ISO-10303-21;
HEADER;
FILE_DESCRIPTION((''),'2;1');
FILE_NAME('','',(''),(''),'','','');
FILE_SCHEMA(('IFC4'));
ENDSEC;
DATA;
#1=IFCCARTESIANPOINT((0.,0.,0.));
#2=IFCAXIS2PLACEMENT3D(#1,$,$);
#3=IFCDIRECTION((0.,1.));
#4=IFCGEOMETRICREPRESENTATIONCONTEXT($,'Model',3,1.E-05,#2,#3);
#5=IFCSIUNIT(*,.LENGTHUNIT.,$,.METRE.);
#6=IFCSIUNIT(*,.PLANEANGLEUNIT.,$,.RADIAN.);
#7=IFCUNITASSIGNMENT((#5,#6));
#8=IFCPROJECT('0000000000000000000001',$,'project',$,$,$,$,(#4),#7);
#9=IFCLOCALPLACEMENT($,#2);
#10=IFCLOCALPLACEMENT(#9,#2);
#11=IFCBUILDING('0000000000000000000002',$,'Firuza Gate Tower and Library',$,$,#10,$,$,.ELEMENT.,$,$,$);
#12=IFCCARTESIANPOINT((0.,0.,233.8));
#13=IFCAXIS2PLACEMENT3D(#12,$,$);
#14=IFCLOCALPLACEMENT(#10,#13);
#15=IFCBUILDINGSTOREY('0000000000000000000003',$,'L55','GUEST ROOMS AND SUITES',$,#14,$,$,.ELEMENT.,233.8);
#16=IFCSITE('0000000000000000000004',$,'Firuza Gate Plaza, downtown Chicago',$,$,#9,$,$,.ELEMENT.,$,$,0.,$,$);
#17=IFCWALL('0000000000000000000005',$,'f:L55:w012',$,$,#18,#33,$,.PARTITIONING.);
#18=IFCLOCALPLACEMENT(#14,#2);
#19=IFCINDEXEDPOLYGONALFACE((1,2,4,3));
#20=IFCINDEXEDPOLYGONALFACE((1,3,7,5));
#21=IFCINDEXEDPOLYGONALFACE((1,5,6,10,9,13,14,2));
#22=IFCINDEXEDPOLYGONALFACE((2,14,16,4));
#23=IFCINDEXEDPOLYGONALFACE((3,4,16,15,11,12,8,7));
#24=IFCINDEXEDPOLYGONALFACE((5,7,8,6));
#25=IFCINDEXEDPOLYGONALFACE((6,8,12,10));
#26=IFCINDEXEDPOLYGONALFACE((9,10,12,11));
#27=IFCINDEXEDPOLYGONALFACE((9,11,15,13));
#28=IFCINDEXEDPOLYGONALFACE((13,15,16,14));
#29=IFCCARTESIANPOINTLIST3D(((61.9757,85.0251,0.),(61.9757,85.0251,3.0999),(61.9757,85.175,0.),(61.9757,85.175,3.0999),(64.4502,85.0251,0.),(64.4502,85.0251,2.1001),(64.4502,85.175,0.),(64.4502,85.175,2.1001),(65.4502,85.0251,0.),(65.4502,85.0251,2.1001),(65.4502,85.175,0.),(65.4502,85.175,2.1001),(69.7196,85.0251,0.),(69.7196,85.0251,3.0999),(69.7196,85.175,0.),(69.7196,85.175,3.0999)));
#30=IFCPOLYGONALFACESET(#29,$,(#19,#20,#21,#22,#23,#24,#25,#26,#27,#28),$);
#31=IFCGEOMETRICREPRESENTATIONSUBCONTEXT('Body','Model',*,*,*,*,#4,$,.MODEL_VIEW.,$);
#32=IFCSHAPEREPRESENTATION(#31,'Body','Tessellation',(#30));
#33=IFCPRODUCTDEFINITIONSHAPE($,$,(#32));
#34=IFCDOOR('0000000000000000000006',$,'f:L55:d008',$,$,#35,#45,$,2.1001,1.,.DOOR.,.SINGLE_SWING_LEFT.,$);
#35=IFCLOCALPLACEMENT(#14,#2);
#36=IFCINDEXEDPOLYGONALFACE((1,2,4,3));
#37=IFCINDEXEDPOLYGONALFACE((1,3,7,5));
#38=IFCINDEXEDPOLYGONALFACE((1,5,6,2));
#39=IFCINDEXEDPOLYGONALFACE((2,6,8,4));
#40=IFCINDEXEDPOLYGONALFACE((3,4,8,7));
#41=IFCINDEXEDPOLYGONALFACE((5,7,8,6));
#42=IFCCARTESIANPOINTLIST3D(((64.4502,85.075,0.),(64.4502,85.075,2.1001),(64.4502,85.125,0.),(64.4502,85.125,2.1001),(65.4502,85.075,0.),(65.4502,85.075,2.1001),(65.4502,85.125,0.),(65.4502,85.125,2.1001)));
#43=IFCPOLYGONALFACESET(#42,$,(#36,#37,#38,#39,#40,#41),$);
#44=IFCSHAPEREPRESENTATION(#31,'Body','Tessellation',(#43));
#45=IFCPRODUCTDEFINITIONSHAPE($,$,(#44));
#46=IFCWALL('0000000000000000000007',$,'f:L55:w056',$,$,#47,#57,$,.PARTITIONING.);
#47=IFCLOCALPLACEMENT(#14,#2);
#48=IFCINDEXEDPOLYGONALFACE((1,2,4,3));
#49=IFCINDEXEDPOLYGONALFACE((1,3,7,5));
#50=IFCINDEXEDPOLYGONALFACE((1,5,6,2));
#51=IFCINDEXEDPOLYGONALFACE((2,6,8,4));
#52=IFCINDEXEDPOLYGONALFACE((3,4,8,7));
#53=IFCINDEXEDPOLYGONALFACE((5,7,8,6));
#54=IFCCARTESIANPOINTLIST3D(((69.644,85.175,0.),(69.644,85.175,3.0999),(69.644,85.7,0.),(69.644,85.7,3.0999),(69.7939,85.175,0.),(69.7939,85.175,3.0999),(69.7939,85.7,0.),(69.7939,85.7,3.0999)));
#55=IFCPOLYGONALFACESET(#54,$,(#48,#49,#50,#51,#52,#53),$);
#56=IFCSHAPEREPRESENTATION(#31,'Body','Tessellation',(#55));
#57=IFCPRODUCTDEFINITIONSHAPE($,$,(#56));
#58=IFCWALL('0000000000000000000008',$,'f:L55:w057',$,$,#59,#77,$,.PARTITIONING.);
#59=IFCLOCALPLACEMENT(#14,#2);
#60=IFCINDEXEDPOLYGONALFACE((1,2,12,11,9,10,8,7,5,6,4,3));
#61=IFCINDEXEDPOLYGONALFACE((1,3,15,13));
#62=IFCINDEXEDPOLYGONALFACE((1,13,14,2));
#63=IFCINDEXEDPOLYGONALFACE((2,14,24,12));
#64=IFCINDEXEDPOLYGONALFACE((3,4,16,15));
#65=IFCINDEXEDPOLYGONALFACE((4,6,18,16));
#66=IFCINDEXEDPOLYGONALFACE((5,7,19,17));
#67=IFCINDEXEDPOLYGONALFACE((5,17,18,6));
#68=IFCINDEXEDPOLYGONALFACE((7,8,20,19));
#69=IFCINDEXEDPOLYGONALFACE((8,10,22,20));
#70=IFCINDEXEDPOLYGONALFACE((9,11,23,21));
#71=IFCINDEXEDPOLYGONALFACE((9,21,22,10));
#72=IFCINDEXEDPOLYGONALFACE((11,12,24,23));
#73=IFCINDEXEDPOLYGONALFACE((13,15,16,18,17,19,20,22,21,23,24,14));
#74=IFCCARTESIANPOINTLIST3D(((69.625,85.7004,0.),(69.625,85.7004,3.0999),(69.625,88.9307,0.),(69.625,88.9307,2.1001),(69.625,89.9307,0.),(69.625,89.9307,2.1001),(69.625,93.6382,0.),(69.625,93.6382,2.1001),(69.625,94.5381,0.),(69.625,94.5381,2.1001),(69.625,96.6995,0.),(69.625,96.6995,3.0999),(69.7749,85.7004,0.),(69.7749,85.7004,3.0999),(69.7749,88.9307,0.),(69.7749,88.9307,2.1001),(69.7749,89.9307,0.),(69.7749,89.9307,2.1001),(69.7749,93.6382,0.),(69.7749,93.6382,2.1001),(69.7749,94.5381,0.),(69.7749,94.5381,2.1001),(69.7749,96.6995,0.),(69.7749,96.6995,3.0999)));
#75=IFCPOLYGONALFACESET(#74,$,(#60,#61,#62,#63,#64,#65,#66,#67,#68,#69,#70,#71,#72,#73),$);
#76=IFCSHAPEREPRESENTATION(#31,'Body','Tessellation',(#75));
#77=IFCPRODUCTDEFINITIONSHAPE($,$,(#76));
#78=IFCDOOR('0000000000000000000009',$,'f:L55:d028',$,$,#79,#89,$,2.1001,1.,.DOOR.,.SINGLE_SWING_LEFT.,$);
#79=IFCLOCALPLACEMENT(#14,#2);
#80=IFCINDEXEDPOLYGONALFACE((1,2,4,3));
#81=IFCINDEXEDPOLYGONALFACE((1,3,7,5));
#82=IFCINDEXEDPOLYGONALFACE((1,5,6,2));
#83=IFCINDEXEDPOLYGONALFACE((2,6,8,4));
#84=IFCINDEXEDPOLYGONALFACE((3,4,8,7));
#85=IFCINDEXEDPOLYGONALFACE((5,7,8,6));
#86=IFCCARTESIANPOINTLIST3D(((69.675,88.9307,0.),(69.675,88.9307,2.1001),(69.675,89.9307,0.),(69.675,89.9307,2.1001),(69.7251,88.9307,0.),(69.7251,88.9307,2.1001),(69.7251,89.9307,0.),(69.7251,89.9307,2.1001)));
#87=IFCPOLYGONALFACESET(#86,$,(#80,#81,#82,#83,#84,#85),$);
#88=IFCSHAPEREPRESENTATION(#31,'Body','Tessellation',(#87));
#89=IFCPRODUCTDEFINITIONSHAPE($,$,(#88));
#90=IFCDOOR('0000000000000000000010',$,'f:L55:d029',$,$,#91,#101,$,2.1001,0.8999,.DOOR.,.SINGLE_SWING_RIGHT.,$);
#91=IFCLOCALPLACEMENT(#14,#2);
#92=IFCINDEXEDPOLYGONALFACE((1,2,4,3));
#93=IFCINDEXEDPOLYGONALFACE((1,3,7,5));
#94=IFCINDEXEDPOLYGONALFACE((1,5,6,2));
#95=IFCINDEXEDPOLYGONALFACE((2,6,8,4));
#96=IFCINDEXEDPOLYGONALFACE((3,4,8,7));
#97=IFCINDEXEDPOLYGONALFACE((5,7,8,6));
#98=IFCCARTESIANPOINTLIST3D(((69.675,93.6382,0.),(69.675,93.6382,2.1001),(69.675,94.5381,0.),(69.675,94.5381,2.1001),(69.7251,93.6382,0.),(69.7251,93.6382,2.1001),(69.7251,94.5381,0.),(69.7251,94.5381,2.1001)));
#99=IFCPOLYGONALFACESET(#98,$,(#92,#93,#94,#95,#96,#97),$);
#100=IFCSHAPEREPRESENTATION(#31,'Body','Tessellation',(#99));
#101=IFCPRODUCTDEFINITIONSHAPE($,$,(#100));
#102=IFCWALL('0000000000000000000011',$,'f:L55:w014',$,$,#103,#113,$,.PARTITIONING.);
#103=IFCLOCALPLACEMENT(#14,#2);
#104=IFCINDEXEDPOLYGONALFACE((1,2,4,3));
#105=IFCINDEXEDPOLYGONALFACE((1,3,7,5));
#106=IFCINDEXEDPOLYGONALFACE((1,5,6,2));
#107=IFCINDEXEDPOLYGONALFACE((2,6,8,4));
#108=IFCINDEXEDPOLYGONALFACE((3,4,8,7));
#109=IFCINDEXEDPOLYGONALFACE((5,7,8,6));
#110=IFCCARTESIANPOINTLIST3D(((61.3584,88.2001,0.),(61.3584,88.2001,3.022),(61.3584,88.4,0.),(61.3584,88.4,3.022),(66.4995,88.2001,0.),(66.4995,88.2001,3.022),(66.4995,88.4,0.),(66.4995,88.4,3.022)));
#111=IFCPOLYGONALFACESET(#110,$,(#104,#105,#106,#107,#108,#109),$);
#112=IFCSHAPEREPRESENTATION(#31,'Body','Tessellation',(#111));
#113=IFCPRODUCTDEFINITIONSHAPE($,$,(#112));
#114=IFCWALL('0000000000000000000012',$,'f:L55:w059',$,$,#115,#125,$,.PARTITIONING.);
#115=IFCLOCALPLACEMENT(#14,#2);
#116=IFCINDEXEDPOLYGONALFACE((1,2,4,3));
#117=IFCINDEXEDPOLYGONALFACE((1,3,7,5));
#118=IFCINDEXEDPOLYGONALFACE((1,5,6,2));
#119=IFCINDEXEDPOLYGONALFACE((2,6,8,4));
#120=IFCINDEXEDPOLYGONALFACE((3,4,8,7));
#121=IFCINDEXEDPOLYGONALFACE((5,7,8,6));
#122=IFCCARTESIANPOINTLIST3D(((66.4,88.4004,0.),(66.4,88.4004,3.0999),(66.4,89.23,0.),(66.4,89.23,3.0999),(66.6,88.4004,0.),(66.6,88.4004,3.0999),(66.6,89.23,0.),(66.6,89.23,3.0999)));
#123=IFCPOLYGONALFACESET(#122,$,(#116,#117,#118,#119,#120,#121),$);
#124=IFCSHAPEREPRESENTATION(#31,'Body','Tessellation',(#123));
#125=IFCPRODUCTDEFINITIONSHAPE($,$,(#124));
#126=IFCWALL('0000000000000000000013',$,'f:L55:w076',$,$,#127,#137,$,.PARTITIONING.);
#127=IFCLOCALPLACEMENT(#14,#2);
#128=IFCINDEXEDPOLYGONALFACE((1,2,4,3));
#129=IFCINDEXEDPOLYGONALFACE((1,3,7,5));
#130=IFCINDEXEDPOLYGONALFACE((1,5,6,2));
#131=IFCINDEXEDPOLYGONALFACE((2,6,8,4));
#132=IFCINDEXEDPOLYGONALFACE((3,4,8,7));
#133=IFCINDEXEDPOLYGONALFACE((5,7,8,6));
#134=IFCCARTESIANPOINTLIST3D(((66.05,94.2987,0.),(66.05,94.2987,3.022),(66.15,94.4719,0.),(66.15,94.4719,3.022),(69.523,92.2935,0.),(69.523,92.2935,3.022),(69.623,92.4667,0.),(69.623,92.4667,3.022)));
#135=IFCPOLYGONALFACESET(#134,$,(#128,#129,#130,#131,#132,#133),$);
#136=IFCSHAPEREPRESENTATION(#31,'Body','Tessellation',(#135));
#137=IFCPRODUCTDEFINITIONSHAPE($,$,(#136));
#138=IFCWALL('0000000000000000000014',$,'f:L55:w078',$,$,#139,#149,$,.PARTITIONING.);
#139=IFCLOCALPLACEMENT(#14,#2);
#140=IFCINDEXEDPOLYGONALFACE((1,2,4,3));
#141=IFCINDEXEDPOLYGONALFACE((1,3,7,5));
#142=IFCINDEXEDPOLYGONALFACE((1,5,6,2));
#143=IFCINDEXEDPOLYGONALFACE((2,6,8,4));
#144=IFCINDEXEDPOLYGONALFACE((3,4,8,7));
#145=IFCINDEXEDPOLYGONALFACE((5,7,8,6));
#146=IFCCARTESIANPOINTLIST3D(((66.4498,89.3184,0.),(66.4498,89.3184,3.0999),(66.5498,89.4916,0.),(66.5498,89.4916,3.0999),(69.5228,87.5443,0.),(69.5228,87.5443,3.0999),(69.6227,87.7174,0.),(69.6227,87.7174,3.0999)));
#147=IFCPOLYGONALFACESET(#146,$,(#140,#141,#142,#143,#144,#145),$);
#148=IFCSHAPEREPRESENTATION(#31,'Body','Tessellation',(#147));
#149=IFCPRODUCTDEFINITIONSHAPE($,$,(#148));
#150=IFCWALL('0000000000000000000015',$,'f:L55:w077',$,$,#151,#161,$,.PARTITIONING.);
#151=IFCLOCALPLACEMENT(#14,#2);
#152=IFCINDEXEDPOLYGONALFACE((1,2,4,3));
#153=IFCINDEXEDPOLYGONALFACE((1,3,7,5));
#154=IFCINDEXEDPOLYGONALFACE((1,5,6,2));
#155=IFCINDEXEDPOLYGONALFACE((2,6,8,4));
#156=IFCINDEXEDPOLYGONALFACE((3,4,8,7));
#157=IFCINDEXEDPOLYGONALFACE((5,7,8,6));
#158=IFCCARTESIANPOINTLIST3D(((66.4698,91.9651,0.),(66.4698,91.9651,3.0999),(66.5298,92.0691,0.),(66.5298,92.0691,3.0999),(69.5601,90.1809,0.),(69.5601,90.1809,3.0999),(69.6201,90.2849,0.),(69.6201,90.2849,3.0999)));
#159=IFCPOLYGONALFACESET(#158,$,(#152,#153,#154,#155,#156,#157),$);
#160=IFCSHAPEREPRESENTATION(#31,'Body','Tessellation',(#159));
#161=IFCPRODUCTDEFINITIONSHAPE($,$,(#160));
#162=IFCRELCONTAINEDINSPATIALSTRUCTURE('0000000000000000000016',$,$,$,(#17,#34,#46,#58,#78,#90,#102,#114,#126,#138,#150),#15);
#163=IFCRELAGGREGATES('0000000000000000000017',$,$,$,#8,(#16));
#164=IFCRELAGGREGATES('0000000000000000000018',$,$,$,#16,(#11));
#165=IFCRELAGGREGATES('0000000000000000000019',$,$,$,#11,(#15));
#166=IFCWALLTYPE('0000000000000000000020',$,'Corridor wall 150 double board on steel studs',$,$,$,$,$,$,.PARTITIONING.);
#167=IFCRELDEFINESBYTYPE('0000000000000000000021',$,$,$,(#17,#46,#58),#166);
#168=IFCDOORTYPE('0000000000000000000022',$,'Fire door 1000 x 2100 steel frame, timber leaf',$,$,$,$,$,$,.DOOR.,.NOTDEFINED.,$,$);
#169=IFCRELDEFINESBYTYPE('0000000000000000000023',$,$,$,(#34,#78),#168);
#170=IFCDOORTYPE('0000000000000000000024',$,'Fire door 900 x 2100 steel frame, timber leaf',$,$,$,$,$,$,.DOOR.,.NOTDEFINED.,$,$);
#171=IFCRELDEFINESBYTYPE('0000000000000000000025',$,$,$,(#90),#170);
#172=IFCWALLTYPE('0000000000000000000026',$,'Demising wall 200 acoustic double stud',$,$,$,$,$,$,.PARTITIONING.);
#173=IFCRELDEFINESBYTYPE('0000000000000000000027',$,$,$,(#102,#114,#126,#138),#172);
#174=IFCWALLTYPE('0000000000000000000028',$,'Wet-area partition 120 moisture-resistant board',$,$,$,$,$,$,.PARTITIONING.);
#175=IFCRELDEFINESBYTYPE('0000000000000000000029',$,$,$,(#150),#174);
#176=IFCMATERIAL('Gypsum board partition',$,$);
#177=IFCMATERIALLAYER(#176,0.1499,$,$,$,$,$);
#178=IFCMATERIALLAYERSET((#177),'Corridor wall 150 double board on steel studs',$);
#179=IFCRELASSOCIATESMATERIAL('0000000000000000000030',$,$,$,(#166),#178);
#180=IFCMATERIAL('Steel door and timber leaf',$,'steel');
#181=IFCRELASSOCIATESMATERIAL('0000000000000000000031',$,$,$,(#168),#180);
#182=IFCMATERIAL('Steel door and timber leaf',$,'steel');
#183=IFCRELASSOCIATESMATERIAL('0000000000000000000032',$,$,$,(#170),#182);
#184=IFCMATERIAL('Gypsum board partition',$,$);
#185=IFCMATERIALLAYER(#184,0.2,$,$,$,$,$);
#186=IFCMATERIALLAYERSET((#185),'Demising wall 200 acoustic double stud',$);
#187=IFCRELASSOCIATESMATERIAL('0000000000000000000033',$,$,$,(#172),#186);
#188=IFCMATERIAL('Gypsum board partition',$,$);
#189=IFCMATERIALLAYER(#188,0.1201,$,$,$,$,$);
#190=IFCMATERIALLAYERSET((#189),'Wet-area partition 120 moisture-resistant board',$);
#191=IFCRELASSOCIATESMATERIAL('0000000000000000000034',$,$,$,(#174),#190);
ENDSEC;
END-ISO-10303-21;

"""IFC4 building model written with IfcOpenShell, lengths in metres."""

from ifc_helpers import new_model, si_unit, direction, frame, frame_2d, origin, place, context, subcontext, project, spatial, rectangle, extrude, material, layer, layer_set, type_object, element, fill, save


model = new_model("IFC4")

# Units and contexts
model_context = context("Model", 3, precision=1e-05, world=origin(), true_north=direction((0.0, 1.0)))
body_context = subcontext(model_context, "Body", "Model", "MODEL_VIEW")
ifc_project = project(units=[si_unit("LENGTHUNIT", "METRE"), si_unit("PLANEANGLEUNIT", "RADIAN")], contexts=[model_context])

# Site, building, storey
site_placement = place(None, origin())
site = spatial("IfcSite", under=ifc_project, at=site_placement, Name="Firuza Gate Plaza, downtown Chicago", CompositionType="ELEMENT", RefElevation=0.0)
building_placement = place(site_placement, origin())
building = spatial("IfcBuilding", under=site, at=building_placement, Name="Firuza Gate Tower and Library", CompositionType="ELEMENT")
storey_placement = place(building_placement, frame((0.0, 0.0, 233.8)))
storey = spatial("IfcBuildingStorey", under=building, at=storey_placement, Name="L55", Description="GUEST ROOMS AND SUITES", CompositionType="ELEMENT", Elevation=233.8)

# Wall, opening, door
ifc_material_1 = material(Name="Gypsum board partition")
ifc_layer_1 = layer(ifc_material_1, 0.1499)
ifc_layer_set_1 = layer_set([ifc_layer_1], Name="Corridor wall 150 double board on steel studs")
wall_type_1 = type_object("IfcWallType", Name="Corridor wall 150 double board on steel studs", PredefinedType="PARTITIONING", material=ifc_layer_set_1)
wall_1_placement = place(storey_placement, frame((61.9756, 85.1001, 0.0), z_axis=(0.0, 0.0, 1.0), x_axis=(1.0, 0.0, 0.0)))
wall_1 = element("IfcWall", 1, at=wall_1_placement, inside=storey, type_object=wall_type_1, Name="f:L55:w012", PredefinedType="PARTITIONING", context=body_context, shape_type="SweptSolid", body=[
    extrude(rectangle(XDim=7.7439, YDim=0.1499, at=frame_2d((3.8721, 0.0))), origin(), (0.0, 0.0, 1.0), 3.0999),
])
opening_1_placement = place(wall_1_placement, frame((2.4746, 0.0, 0.0)))
opening_1 = element("IfcOpeningElement", 2, at=opening_1_placement, cuts=wall_1, PredefinedType="OPENING", context=body_context, shape_type="SweptSolid", body=[
    extrude(rectangle(XDim=1.0, YDim=2.1001, at=frame_2d((0.5, 1.05))), frame((0.0, 0.085, 0.0), z_axis=(0.0, -1.0, 0.0), x_axis=(1.0, 0.0, 0.0)), (0.0, 0.0, 1.0), 0.1699),
])
ifc_material_2 = material(Name="Steel door and timber leaf", Category="steel")
door_type_1 = type_object("IfcDoorType", Name="Fire door 1000 x 2100 steel frame, timber leaf", OperationType="NOTDEFINED", PredefinedType="DOOR", material=ifc_material_2)
door_1_placement = place(opening_1_placement, origin())
door_1 = element("IfcDoor", 3, at=door_1_placement, inside=storey, type_object=door_type_1, Name="f:L55:d008", OperationType="SINGLE_SWING_LEFT", OverallHeight=2.1001, OverallWidth=1.0, PredefinedType="DOOR", context=body_context, shape_type="SweptSolid", body=[
    extrude(rectangle(XDim=1.0, YDim=2.1001, at=frame_2d((0.5, 1.05))), frame((0.0, 0.0249, 0.0), z_axis=(0.0, -1.0, 0.0), x_axis=(1.0, 0.0, 0.0)), (0.0, 0.0, 1.0), 0.05),
])
fill(opening_1, door_1)

# Wall
wall_2_placement = place(storey_placement, frame((69.719, 85.175, 0.0), z_axis=(0.0, 0.0, 1.0), x_axis=(0.0, 1.0, 0.0)))
element("IfcWall", 4, at=wall_2_placement, inside=storey, type_object=wall_type_1, Name="f:L55:w056", PredefinedType="PARTITIONING", context=body_context, shape_type="SweptSolid", body=[
    extrude(rectangle(XDim=0.5249, YDim=0.1499, at=frame_2d((0.2625, 0.0))), origin(), (0.0, 0.0, 1.0), 3.0999),
])

# Wall, openings, doors
wall_3_placement = place(storey_placement, frame((69.7, 85.7004, 0.0), z_axis=(0.0, 0.0, 1.0), x_axis=(0.0, 1.0, 0.0)))
wall_3 = element("IfcWall", 5, at=wall_3_placement, inside=storey, type_object=wall_type_1, Name="f:L55:w057", PredefinedType="PARTITIONING", context=body_context, shape_type="SweptSolid", body=[
    extrude(rectangle(XDim=10.999, YDim=0.1499, at=frame_2d((5.4995, 0.0))), origin(), (0.0, 0.0, 1.0), 3.0999),
])
opening_2_placement = place(wall_3_placement, frame((3.2302, 0.0, 0.0)))
opening_2 = element("IfcOpeningElement", 6, at=opening_2_placement, cuts=wall_3, PredefinedType="OPENING", context=body_context, shape_type="SweptSolid", body=[
    extrude(rectangle(XDim=1.0, YDim=2.1001, at=frame_2d((0.5, 1.05))), frame((0.0, 0.085, 0.0), z_axis=(0.0, -1.0, 0.0), x_axis=(1.0, 0.0, 0.0)), (0.0, 0.0, 1.0), 0.1699),
])
opening_3_placement = place(wall_3_placement, frame((7.9377, 0.0, 0.0)))
opening_3 = element("IfcOpeningElement", 7, at=opening_3_placement, cuts=wall_3, PredefinedType="OPENING", context=body_context, shape_type="SweptSolid", body=[
    extrude(rectangle(XDim=0.8999, YDim=2.1001, at=frame_2d((0.45, 1.05))), frame((0.0, 0.085, 0.0), z_axis=(0.0, -1.0, 0.0), x_axis=(1.0, 0.0, 0.0)), (0.0, 0.0, 1.0), 0.1699),
])
door_2_placement = place(opening_2_placement, origin())
door_2 = element("IfcDoor", 8, at=door_2_placement, inside=storey, type_object=door_type_1, Name="f:L55:d028", OperationType="SINGLE_SWING_LEFT", OverallHeight=2.1001, OverallWidth=1.0, PredefinedType="DOOR", context=body_context, shape_type="SweptSolid", body=[
    extrude(rectangle(XDim=1.0, YDim=2.1001, at=frame_2d((0.5, 1.05))), frame((0.0, 0.0249, 0.0), z_axis=(0.0, -1.0, 0.0), x_axis=(1.0, 0.0, 0.0)), (0.0, 0.0, 1.0), 0.05),
])
fill(opening_2, door_2)
ifc_material_3 = material(Name="Steel door and timber leaf", Category="steel")
door_type_2 = type_object("IfcDoorType", Name="Fire door 900 x 2100 steel frame, timber leaf", OperationType="NOTDEFINED", PredefinedType="DOOR", material=ifc_material_3)
door_3_placement = place(opening_3_placement, origin())
door_3 = element("IfcDoor", 9, at=door_3_placement, inside=storey, type_object=door_type_2, Name="f:L55:d029", OperationType="SINGLE_SWING_RIGHT", OverallHeight=2.1001, OverallWidth=0.8999, PredefinedType="DOOR", context=body_context, shape_type="SweptSolid", body=[
    extrude(rectangle(XDim=0.8999, YDim=2.1001, at=frame_2d((0.45, 1.05))), frame((0.0, 0.0249, 0.0), z_axis=(0.0, -1.0, 0.0), x_axis=(1.0, 0.0, 0.0)), (0.0, 0.0, 1.0), 0.05),
])
fill(opening_3, door_3)

# Walls
ifc_material_4 = material(Name="Gypsum board partition")
ifc_layer_2 = layer(ifc_material_4, 0.2)
ifc_layer_set_2 = layer_set([ifc_layer_2], Name="Demising wall 200 acoustic double stud")
wall_type_2 = type_object("IfcWallType", Name="Demising wall 200 acoustic double stud", PredefinedType="PARTITIONING", material=ifc_layer_set_2)
wall_4_placement = place(storey_placement, frame((61.3584, 88.3, 0.0), z_axis=(0.0, 0.0, 1.0), x_axis=(1.0, 0.0, 0.0)))
element("IfcWall", 10, at=wall_4_placement, inside=storey, type_object=wall_type_2, Name="f:L55:w014", PredefinedType="PARTITIONING", context=body_context, shape_type="SweptSolid", body=[
    extrude(rectangle(XDim=5.1411, YDim=0.2, at=frame_2d((2.5706, 0.0))), origin(), (0.0, 0.0, 1.0), 3.022),
])
wall_5_placement = place(storey_placement, frame((66.5, 88.4004, 0.0), z_axis=(0.0, 0.0, 1.0), x_axis=(0.0, 1.0, 0.0)))
element("IfcWall", 11, at=wall_5_placement, inside=storey, type_object=wall_type_2, Name="f:L55:w059", PredefinedType="PARTITIONING", context=body_context, shape_type="SweptSolid", body=[
    extrude(rectangle(XDim=0.8296, YDim=0.2, at=frame_2d((0.4148, 0.0))), origin(), (0.0, 0.0, 1.0), 3.0999),
])
wall_6_placement = place(storey_placement, frame((69.573, 92.3801, 0.0), z_axis=(0.0, 0.0, 1.0), x_axis=(-0.86602, 0.500009, 0.0)))
element("IfcWall", 12, at=wall_6_placement, inside=storey, type_object=wall_type_2, Name="f:L55:w076", PredefinedType="PARTITIONING", context=body_context, shape_type="SweptSolid", body=[
    extrude(rectangle(XDim=4.0103, YDim=0.2, at=frame_2d((2.0051, 0.0))), origin(), (0.0, 0.0, 1.0), 3.022),
])
wall_7_placement = place(storey_placement, frame((69.5728, 87.6309, 0.0), z_axis=(0.0, 0.0, 1.0), x_axis=(-0.866029, 0.499994, 0.0)))
element("IfcWall", 13, at=wall_7_placement, inside=storey, type_object=wall_type_2, Name="f:L55:w078", PredefinedType="PARTITIONING", context=body_context, shape_type="SweptSolid", body=[
    extrude(rectangle(XDim=3.5483, YDim=0.2, at=frame_2d((1.7742, 0.0))), origin(), (0.0, 0.0, 1.0), 3.0999),
])
ifc_material_5 = material(Name="Gypsum board partition")
ifc_layer_3 = layer(ifc_material_5, 0.1201)
ifc_layer_set_3 = layer_set([ifc_layer_3], Name="Wet-area partition 120 moisture-resistant board")
wall_type_3 = type_object("IfcWallType", Name="Wet-area partition 120 moisture-resistant board", PredefinedType="PARTITIONING", material=ifc_layer_set_3)
wall_8_placement = place(storey_placement, frame((69.5901, 90.2329, 0.0), z_axis=(0.0, 0.0, 1.0), x_axis=(-0.866028, 0.499995, 0.0)))
element("IfcWall", 14, at=wall_8_placement, inside=storey, type_object=wall_type_3, Name="f:L55:w077", PredefinedType="PARTITIONING", context=body_context, shape_type="SweptSolid", body=[
    extrude(rectangle(XDim=3.5684, YDim=0.1201, at=frame_2d((1.7842, 0.0))), origin(), (0.0, 0.0, 1.0), 3.0999),
])

save(model, "model.ifc")
